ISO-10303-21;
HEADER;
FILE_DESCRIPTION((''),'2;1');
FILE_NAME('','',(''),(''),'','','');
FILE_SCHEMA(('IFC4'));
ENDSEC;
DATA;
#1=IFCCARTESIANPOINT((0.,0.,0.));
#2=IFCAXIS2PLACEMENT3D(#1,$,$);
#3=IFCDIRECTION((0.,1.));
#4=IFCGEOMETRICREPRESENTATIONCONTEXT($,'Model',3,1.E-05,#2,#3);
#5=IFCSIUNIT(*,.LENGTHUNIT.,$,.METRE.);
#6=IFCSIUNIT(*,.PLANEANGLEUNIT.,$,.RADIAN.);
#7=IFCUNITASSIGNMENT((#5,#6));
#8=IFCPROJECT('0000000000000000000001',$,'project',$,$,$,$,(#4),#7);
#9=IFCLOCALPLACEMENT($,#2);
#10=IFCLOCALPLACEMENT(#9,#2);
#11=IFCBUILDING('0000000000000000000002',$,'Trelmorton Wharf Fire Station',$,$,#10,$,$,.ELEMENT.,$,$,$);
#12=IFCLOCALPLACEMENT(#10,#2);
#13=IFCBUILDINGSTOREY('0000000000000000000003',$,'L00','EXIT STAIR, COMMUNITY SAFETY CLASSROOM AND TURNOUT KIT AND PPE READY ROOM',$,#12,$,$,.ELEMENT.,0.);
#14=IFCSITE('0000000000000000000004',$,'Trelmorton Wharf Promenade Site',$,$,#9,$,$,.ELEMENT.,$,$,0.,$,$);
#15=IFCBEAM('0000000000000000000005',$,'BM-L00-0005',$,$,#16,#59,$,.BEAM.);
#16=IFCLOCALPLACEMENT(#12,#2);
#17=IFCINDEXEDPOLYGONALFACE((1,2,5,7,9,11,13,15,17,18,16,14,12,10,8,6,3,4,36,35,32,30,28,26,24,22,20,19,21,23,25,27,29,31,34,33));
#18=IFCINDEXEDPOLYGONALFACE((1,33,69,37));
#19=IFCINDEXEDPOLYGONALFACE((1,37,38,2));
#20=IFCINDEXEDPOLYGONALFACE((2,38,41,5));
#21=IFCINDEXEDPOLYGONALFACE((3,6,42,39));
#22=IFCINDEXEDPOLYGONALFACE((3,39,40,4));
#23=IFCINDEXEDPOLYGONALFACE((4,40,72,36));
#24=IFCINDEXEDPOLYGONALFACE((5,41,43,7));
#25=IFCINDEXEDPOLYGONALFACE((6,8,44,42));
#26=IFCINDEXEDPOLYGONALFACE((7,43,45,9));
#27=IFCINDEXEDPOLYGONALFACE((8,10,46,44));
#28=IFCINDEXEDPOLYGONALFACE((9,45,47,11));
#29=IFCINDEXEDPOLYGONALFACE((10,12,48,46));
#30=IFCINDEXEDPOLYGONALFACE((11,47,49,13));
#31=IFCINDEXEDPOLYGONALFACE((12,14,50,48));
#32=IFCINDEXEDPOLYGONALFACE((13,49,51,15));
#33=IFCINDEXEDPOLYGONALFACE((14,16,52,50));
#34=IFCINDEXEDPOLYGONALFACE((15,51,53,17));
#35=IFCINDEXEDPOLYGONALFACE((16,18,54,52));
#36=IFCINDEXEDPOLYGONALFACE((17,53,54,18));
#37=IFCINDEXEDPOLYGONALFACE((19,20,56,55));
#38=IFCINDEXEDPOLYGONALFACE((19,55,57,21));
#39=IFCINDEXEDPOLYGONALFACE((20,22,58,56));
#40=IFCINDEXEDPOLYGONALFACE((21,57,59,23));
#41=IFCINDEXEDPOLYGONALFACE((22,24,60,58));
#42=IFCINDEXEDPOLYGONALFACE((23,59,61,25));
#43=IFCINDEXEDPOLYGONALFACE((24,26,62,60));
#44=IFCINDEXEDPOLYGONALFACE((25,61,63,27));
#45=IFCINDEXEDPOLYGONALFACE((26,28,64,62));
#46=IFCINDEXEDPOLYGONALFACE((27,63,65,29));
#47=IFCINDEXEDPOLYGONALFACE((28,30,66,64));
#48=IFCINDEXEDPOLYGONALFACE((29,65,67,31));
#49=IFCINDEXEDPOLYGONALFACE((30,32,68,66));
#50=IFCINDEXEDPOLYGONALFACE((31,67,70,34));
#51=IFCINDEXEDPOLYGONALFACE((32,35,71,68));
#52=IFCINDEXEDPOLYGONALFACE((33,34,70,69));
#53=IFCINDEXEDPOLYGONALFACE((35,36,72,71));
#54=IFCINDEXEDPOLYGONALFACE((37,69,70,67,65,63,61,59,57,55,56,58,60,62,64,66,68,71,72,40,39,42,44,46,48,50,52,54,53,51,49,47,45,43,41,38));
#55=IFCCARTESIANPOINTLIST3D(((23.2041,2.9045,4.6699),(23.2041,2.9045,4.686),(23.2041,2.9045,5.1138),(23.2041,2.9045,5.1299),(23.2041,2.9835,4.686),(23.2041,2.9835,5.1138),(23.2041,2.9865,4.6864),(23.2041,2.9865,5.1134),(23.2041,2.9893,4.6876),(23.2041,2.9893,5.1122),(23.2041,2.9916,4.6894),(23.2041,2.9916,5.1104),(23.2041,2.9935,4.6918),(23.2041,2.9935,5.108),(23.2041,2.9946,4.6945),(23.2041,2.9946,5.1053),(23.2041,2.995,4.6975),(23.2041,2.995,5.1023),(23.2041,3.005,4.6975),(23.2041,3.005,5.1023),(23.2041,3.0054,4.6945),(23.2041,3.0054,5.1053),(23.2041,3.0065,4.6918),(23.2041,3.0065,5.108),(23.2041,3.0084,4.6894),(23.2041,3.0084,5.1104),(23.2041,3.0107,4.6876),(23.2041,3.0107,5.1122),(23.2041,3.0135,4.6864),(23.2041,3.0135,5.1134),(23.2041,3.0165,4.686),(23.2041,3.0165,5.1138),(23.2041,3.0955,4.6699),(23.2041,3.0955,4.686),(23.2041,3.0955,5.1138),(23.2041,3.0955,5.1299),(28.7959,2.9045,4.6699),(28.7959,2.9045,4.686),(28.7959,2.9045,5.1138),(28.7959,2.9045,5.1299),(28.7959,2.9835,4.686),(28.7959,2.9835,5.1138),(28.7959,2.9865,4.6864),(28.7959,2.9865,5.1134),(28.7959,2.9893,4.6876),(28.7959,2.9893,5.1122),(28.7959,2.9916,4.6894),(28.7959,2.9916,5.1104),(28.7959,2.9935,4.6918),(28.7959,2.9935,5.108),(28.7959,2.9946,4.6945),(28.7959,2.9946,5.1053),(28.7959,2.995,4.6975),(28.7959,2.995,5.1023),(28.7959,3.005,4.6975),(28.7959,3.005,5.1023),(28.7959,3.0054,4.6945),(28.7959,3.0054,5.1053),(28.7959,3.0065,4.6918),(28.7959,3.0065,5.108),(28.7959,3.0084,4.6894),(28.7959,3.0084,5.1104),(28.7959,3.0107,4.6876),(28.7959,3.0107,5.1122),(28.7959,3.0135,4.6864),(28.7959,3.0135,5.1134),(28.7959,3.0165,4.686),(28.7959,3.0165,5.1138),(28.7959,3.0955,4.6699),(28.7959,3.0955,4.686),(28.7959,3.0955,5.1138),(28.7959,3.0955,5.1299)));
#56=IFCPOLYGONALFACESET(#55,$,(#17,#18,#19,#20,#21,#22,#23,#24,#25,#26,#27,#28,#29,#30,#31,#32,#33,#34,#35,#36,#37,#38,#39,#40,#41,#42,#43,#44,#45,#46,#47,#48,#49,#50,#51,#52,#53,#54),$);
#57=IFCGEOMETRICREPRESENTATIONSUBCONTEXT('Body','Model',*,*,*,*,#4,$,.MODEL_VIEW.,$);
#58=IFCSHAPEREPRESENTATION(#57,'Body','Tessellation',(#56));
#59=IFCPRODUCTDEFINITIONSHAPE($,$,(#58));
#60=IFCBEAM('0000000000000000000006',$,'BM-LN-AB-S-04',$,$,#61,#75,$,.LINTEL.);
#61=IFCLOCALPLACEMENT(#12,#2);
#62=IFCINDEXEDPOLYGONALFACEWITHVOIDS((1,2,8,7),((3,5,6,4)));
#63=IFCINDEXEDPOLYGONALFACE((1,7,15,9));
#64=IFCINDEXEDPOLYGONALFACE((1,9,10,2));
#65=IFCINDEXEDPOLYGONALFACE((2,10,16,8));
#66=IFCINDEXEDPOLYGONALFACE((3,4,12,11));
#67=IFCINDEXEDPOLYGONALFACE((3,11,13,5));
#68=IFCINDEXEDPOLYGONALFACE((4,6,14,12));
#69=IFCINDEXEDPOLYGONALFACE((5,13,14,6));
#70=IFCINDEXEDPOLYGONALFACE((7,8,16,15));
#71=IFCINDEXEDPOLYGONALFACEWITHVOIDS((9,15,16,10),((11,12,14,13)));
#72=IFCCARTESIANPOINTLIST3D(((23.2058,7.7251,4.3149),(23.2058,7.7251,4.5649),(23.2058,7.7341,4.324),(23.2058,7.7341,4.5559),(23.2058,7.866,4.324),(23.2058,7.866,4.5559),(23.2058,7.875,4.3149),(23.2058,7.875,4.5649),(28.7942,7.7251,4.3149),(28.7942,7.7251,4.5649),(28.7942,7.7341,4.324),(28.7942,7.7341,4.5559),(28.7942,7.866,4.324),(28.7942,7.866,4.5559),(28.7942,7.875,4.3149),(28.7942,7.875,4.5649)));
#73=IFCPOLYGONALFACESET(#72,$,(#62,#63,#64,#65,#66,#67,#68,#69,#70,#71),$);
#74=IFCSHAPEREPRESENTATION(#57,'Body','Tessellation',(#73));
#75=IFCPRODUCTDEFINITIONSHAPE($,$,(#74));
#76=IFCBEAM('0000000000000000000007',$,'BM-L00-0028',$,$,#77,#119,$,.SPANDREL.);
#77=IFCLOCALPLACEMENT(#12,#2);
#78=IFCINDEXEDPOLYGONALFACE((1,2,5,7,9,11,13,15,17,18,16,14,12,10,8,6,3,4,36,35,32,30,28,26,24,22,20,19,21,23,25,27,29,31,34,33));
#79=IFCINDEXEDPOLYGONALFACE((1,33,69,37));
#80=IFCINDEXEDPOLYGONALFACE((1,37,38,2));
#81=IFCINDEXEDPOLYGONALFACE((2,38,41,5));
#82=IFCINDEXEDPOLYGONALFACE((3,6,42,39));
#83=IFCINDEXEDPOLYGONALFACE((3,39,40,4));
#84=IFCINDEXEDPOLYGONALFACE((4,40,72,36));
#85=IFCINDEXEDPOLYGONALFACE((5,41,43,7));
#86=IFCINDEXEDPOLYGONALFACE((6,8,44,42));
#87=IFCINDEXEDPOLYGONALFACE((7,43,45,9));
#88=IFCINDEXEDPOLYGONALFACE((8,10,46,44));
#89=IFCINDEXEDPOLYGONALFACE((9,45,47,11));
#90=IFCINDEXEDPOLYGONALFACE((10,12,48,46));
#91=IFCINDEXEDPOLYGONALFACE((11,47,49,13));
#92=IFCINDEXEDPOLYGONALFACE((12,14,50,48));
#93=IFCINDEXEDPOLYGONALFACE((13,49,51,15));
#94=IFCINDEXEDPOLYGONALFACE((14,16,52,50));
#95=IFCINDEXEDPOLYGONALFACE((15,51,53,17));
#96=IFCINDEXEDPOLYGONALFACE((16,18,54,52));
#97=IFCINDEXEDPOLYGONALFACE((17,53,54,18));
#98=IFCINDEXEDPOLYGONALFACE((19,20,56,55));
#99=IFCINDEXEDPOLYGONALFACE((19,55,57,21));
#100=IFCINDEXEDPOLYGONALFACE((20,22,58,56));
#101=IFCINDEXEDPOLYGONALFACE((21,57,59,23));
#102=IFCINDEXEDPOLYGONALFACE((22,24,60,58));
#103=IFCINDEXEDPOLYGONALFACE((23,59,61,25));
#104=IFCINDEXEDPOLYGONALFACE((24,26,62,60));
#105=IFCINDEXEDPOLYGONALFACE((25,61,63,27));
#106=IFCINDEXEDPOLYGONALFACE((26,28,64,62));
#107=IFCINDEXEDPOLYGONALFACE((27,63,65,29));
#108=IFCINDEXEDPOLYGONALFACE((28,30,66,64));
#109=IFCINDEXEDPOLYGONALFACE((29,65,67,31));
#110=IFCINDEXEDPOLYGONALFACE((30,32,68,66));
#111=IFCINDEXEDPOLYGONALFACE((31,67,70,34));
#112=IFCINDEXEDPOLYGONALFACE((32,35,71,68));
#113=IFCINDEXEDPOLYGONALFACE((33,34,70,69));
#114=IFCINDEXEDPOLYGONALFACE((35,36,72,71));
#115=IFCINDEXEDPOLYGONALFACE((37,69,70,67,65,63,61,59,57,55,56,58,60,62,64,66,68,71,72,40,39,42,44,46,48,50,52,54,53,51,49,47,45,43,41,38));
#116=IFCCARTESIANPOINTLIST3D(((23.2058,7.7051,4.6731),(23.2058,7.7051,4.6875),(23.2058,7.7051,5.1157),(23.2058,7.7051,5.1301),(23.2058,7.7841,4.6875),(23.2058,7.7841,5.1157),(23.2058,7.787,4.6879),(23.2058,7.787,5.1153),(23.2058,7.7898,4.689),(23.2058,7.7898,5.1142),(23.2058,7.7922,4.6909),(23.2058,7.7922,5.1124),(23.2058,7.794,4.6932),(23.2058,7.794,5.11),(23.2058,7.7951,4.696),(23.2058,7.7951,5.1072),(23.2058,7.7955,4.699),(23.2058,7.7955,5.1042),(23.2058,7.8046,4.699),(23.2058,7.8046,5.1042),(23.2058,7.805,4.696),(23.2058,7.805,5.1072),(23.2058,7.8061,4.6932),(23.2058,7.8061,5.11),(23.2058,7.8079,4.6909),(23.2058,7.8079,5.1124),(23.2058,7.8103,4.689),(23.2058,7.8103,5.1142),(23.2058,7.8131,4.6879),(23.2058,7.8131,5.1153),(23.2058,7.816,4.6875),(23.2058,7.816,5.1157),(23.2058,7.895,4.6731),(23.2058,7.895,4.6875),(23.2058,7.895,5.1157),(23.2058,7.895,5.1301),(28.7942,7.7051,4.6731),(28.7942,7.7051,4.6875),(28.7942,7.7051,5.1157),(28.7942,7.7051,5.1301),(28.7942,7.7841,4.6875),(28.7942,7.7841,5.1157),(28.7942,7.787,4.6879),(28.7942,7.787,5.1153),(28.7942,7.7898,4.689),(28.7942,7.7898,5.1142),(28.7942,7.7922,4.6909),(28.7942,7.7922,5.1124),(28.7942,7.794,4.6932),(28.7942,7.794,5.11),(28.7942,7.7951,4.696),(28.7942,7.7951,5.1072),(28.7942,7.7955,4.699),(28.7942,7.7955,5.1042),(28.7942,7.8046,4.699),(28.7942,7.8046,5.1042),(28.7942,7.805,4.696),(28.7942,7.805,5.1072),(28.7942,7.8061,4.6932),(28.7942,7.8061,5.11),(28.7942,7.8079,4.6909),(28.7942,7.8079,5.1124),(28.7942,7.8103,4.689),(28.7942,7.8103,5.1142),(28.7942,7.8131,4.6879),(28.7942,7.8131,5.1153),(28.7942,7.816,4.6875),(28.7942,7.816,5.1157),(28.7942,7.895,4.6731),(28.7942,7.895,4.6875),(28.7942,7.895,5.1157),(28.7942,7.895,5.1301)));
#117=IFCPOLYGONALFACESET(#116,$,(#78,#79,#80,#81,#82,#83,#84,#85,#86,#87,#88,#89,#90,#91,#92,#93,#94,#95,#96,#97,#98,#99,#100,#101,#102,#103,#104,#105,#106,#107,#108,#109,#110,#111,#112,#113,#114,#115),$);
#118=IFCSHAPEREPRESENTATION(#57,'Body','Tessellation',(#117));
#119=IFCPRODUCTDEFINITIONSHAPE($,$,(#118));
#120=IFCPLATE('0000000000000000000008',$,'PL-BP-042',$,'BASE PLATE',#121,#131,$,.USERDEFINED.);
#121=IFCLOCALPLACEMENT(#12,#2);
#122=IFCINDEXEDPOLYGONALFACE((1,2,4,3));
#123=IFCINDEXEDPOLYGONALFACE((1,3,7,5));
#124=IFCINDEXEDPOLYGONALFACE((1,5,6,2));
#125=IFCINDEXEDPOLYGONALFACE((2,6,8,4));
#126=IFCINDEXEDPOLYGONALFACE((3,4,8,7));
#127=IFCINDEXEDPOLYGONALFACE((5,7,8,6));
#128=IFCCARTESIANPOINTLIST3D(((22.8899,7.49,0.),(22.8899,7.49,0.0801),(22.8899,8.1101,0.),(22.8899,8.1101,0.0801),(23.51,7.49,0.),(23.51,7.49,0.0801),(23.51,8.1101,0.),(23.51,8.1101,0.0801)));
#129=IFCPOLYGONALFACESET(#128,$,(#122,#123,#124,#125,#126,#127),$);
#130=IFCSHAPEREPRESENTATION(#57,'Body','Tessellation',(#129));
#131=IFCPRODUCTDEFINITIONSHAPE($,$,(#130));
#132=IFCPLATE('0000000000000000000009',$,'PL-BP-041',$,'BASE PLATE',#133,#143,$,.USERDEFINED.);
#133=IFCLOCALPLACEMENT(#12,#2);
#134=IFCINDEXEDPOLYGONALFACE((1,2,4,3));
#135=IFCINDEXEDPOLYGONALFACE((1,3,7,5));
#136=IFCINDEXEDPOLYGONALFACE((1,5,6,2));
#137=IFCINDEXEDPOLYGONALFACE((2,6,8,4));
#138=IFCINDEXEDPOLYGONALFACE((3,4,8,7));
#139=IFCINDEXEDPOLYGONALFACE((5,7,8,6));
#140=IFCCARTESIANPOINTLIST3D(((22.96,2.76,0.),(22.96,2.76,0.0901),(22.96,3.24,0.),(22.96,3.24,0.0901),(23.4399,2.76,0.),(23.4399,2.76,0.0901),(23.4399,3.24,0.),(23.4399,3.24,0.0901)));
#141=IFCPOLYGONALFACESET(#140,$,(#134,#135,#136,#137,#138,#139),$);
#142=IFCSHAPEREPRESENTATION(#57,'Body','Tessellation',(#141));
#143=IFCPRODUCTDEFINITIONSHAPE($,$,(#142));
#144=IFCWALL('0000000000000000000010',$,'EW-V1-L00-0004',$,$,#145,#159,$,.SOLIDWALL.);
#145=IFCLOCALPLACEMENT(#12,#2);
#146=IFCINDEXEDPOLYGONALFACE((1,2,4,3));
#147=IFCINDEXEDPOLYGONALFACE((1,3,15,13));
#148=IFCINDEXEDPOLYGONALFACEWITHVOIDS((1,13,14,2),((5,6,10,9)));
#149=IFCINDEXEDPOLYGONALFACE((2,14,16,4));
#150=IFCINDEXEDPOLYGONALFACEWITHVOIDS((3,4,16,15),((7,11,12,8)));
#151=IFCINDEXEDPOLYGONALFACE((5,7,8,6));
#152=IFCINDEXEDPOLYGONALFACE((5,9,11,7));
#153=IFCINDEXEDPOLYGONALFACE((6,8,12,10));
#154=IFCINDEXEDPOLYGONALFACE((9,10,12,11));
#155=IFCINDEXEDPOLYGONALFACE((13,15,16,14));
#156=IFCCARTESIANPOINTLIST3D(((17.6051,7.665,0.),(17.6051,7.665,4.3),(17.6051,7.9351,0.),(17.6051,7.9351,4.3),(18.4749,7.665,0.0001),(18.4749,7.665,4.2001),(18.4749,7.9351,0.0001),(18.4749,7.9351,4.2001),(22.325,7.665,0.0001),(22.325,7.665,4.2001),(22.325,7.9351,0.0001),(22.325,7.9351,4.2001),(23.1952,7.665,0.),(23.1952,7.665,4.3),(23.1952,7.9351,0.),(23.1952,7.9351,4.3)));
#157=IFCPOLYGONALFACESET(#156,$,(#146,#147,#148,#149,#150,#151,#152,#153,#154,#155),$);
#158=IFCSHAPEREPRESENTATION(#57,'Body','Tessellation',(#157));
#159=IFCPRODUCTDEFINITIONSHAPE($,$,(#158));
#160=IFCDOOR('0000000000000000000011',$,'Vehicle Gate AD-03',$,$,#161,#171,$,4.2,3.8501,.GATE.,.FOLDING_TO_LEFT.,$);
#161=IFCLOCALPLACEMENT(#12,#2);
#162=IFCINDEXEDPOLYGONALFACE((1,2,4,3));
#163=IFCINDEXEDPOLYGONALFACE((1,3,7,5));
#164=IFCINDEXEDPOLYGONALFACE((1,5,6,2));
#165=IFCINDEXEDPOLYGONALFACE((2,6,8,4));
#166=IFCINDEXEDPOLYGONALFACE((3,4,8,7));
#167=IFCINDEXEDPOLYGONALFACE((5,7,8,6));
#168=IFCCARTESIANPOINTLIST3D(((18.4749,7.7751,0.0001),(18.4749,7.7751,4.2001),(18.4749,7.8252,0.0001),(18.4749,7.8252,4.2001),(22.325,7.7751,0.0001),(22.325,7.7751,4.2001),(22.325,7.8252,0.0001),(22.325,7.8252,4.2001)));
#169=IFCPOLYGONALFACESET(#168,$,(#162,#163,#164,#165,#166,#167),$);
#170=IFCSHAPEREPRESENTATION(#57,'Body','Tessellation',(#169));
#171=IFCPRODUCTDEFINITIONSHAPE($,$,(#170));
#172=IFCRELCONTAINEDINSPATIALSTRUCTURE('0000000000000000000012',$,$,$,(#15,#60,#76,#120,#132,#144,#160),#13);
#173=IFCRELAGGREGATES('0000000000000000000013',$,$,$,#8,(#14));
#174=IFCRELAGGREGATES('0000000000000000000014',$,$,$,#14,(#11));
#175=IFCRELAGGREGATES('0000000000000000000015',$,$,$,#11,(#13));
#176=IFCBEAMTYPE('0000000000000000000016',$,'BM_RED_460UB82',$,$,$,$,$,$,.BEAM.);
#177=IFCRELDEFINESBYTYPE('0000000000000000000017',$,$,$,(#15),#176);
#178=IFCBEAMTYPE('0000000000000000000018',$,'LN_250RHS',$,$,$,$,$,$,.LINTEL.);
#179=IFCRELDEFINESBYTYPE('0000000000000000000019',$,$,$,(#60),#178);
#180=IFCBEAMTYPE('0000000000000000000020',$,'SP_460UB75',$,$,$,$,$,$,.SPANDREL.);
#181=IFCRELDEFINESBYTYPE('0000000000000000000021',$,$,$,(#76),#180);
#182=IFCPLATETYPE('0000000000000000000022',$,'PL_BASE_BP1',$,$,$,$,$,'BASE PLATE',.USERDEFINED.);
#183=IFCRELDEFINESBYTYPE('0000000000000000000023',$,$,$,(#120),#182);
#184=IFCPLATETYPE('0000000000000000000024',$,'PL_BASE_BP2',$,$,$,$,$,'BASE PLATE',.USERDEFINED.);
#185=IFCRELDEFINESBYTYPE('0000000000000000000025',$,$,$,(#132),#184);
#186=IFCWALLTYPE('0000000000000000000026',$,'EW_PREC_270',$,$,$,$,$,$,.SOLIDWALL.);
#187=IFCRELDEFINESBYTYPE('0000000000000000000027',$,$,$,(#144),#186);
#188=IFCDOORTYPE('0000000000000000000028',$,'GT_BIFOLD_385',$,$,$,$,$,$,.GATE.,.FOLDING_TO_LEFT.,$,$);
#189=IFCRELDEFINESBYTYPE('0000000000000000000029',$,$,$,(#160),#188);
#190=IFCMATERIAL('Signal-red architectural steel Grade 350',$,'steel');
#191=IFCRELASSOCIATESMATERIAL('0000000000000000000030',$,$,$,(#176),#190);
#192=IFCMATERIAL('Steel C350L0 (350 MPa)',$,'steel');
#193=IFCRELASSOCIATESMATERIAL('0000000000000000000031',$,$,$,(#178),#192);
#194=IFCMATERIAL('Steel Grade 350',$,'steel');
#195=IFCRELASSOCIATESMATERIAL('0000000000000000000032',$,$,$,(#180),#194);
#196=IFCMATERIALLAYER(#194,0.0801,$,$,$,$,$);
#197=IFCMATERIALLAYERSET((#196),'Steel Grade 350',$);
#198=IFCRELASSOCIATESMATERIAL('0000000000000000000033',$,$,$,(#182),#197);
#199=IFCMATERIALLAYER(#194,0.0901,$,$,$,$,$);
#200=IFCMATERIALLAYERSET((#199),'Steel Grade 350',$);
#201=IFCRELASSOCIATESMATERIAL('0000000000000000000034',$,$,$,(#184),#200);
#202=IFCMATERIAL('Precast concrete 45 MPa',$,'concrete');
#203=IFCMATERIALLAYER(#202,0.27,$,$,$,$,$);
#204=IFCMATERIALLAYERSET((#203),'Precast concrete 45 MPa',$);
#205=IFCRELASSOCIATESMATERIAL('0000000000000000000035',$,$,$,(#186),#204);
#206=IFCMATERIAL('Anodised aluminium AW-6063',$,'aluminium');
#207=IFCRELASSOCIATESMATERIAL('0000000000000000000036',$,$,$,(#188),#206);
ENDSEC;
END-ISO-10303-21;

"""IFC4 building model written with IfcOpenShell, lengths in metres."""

from ifc_helpers import new_model, si_unit, direction, frame, frame_2d, origin, origin_2d, place, context, subcontext, project, spatial, rectangle, hollow_rectangle, i_section, extrude, material, layer, layer_set, material_profile, profile_set, type_object, element, fill, save


model = new_model("IFC4")

# Units and contexts
model_context = context("Model", 3, precision=1e-05, world=origin(), true_north=direction((0.0, 1.0)))
body_context = subcontext(model_context, "Body", "Model", "MODEL_VIEW")
ifc_project = project(units=[si_unit("LENGTHUNIT", "METRE"), si_unit("PLANEANGLEUNIT", "RADIAN")], contexts=[model_context])

# Site, building, storey
site_placement = place(None, origin())
site = spatial("IfcSite", under=ifc_project, at=site_placement, Name="Trelmorton Wharf Promenade Site", CompositionType="ELEMENT", RefElevation=0.0)
building_placement = place(site_placement, origin())
building = spatial("IfcBuilding", under=site, at=building_placement, Name="Trelmorton Wharf Fire Station", CompositionType="ELEMENT")
storey_placement = place(building_placement, origin())
storey = spatial("IfcBuildingStorey", under=building, at=storey_placement, Name="L00", Description="EXIT STAIR, COMMUNITY SAFETY CLASSROOM AND TURNOUT KIT AND PPE READY ROOM", CompositionType="ELEMENT", Elevation=0.0)

# Shared definitions
ifc_material_1 = material(Name="Steel Grade 350", Category="steel")
ifc_material_2 = material(Name="Signal-red architectural steel Grade 350", Category="steel")

# Beams
ifc_material_profile_1 = material_profile(ifc_material_2, i_section(OverallWidth=0.1909, OverallDepth=0.46, WebThickness=0.01, FlangeThickness=0.0161, FilletRadius=0.0115, at=origin_2d()), Name="460UB82.1")
ifc_profile_set_1 = profile_set([ifc_material_profile_1], Name="Signal-red architectural steel Grade 350")
beam_type_1 = type_object("IfcBeamType", Name="BM_RED_460UB82", PredefinedType="BEAM", material=ifc_profile_set_1)
beam_1_placement = place(storey_placement, frame((23.2041, 3.0, 4.8999), z_axis=(1.0, 0.0, 0.0), x_axis=(0.0, 1.0, 0.0)))
element("IfcBeam", 1, at=beam_1_placement, inside=storey, type_object=beam_type_1, Name="BM-L00-0005", PredefinedType="BEAM", context=body_context, shape_type="SweptSolid", body=[
    extrude(i_section(OverallWidth=0.1909, OverallDepth=0.46, WebThickness=0.01, FlangeThickness=0.0161, FilletRadius=0.0115, at=origin_2d()), origin(), (0.0, 0.0, 1.0), 5.5918),
])
ifc_material_3 = material(Name="Steel C350L0 (350 MPa)", Category="steel")
ifc_material_profile_2 = material_profile(ifc_material_3, hollow_rectangle(XDim=0.1499, YDim=0.25, WallThickness=0.009, at=origin_2d()), Name="250x150x9.0RHS")
ifc_profile_set_2 = profile_set([ifc_material_profile_2], Name="Steel C350L0 (350 MPa)")
beam_type_2 = type_object("IfcBeamType", Name="LN_250RHS", PredefinedType="LINTEL", material=ifc_profile_set_2)
beam_2_placement = place(storey_placement, frame((23.2058, 7.8, 4.4399), z_axis=(1.0, 0.0, 0.0), x_axis=(0.0, 1.0, 0.0)))
element("IfcBeam", 2, at=beam_2_placement, inside=storey, type_object=beam_type_2, Name="BM-LN-AB-S-04", PredefinedType="LINTEL", context=body_context, shape_type="SweptSolid", body=[
    extrude(hollow_rectangle(XDim=0.1499, YDim=0.25, WallThickness=0.009, at=origin_2d()), origin(), (0.0, 0.0, 1.0), 5.5884),
])
ifc_material_profile_3 = material_profile(ifc_material_1, i_section(OverallWidth=0.1899, OverallDepth=0.457, WebThickness=0.009, FlangeThickness=0.0144, FilletRadius=0.0115, at=origin_2d()), Name="460UB74.6")
ifc_profile_set_3 = profile_set([ifc_material_profile_3], Name="Steel Grade 350")
beam_type_3 = type_object("IfcBeamType", Name="SP_460UB75", PredefinedType="SPANDREL", material=ifc_profile_set_3)
beam_3_placement = place(storey_placement, frame((23.2058, 7.8, 4.9016), z_axis=(1.0, 0.0, 0.0), x_axis=(0.0, 1.0, 0.0)))
element("IfcBeam", 3, at=beam_3_placement, inside=storey, type_object=beam_type_3, Name="BM-L00-0028", PredefinedType="SPANDREL", context=body_context, shape_type="SweptSolid", body=[
    extrude(i_section(OverallWidth=0.1899, OverallDepth=0.457, WebThickness=0.009, FlangeThickness=0.0144, FilletRadius=0.0115, at=origin_2d()), origin(), (0.0, 0.0, 1.0), 5.5884),
])

# Plates
ifc_layer_1 = layer(ifc_material_1, 0.0801)
ifc_layer_set_1 = layer_set([ifc_layer_1], Name="Steel Grade 350")
plate_type_1 = type_object("IfcPlateType", Name="PL_BASE_BP1", ElementType="BASE PLATE", PredefinedType="USERDEFINED", material=ifc_layer_set_1)
plate_1_placement = place(storey_placement, frame((23.2, 7.8, 0.0), z_axis=(0.0, 0.0, 1.0), x_axis=(1.0, 0.0, 0.0)))
element("IfcPlate", 4, at=plate_1_placement, inside=storey, type_object=plate_type_1, Name="PL-BP-042", ObjectType="BASE PLATE", PredefinedType="USERDEFINED", context=body_context, shape_type="SweptSolid", body=[
    extrude(rectangle(XDim=0.6201, YDim=0.6201, at=origin_2d()), origin(), (0.0, 0.0, 1.0), 0.0801),
])
ifc_layer_2 = layer(ifc_material_1, 0.0901)
ifc_layer_set_2 = layer_set([ifc_layer_2], Name="Steel Grade 350")
plate_type_2 = type_object("IfcPlateType", Name="PL_BASE_BP2", ElementType="BASE PLATE", PredefinedType="USERDEFINED", material=ifc_layer_set_2)
plate_2_placement = place(storey_placement, frame((23.2, 3.0, 0.0), z_axis=(0.0, 0.0, 1.0), x_axis=(1.0, 0.0, 0.0)))
element("IfcPlate", 5, at=plate_2_placement, inside=storey, type_object=plate_type_2, Name="PL-BP-041", ObjectType="BASE PLATE", PredefinedType="USERDEFINED", context=body_context, shape_type="SweptSolid", body=[
    extrude(rectangle(XDim=0.48, YDim=0.48, at=origin_2d()), origin(), (0.0, 0.0, 1.0), 0.0901),
])

# Wall, opening, door
ifc_material_4 = material(Name="Precast concrete 45 MPa", Category="concrete")
ifc_layer_3 = layer(ifc_material_4, 0.27)
ifc_layer_set_3 = layer_set([ifc_layer_3], Name="Precast concrete 45 MPa")
wall_type = type_object("IfcWallType", Name="EW_PREC_270", PredefinedType="SOLIDWALL", material=ifc_layer_set_3)
wall_1_placement = place(storey_placement, frame((23.1951, 7.8, 0.0), z_axis=(0.0, 0.0, 1.0), x_axis=(-1.0, 0.0, 0.0)))
wall_1 = element("IfcWall", 6, at=wall_1_placement, inside=storey, type_object=wall_type, Name="EW-V1-L00-0004", PredefinedType="SOLIDWALL", context=body_context, shape_type="SweptSolid", body=[
    extrude(rectangle(XDim=5.5901, YDim=0.27, at=frame_2d((2.7949, 0.0))), origin(), (0.0, 0.0, 1.0), 4.3),
])
opening_1_placement = place(wall_1_placement, frame((0.8701, 0.0, 0.0)))
opening_1 = element("IfcOpeningElement", 7, at=opening_1_placement, cuts=wall_1, PredefinedType="OPENING", context=body_context, shape_type="SweptSolid", body=[
    extrude(rectangle(XDim=3.8501, YDim=4.2, at=frame_2d((1.925, 2.1001))), frame((0.0, 0.145, 0.0), z_axis=(0.0, -1.0, 0.0), x_axis=(1.0, 0.0, 0.0)), (0.0, 0.0, 1.0), 0.29),
])
ifc_material_5 = material(Name="Anodised aluminium AW-6063", Category="aluminium")
door_type_1 = type_object("IfcDoorType", Name="GT_BIFOLD_385", OperationType="FOLDING_TO_LEFT", PredefinedType="GATE", material=ifc_material_5)
door_1_placement = place(opening_1_placement, origin())
door_1 = element("IfcDoor", 8, at=door_1_placement, inside=storey, type_object=door_type_1, Name="Vehicle Gate AD-03", OperationType="FOLDING_TO_LEFT", OverallHeight=4.2, OverallWidth=3.8501, PredefinedType="GATE", context=body_context, shape_type="SweptSolid", body=[
    extrude(rectangle(XDim=3.8501, YDim=4.2, at=frame_2d((1.925, 2.1001))), frame((0.0, 0.0249, 0.0), z_axis=(0.0, -1.0, 0.0), x_axis=(1.0, 0.0, 0.0)), (0.0, 0.0, 1.0), 0.05),
])
fill(opening_1, door_1)

save(model, "model.ifc")
